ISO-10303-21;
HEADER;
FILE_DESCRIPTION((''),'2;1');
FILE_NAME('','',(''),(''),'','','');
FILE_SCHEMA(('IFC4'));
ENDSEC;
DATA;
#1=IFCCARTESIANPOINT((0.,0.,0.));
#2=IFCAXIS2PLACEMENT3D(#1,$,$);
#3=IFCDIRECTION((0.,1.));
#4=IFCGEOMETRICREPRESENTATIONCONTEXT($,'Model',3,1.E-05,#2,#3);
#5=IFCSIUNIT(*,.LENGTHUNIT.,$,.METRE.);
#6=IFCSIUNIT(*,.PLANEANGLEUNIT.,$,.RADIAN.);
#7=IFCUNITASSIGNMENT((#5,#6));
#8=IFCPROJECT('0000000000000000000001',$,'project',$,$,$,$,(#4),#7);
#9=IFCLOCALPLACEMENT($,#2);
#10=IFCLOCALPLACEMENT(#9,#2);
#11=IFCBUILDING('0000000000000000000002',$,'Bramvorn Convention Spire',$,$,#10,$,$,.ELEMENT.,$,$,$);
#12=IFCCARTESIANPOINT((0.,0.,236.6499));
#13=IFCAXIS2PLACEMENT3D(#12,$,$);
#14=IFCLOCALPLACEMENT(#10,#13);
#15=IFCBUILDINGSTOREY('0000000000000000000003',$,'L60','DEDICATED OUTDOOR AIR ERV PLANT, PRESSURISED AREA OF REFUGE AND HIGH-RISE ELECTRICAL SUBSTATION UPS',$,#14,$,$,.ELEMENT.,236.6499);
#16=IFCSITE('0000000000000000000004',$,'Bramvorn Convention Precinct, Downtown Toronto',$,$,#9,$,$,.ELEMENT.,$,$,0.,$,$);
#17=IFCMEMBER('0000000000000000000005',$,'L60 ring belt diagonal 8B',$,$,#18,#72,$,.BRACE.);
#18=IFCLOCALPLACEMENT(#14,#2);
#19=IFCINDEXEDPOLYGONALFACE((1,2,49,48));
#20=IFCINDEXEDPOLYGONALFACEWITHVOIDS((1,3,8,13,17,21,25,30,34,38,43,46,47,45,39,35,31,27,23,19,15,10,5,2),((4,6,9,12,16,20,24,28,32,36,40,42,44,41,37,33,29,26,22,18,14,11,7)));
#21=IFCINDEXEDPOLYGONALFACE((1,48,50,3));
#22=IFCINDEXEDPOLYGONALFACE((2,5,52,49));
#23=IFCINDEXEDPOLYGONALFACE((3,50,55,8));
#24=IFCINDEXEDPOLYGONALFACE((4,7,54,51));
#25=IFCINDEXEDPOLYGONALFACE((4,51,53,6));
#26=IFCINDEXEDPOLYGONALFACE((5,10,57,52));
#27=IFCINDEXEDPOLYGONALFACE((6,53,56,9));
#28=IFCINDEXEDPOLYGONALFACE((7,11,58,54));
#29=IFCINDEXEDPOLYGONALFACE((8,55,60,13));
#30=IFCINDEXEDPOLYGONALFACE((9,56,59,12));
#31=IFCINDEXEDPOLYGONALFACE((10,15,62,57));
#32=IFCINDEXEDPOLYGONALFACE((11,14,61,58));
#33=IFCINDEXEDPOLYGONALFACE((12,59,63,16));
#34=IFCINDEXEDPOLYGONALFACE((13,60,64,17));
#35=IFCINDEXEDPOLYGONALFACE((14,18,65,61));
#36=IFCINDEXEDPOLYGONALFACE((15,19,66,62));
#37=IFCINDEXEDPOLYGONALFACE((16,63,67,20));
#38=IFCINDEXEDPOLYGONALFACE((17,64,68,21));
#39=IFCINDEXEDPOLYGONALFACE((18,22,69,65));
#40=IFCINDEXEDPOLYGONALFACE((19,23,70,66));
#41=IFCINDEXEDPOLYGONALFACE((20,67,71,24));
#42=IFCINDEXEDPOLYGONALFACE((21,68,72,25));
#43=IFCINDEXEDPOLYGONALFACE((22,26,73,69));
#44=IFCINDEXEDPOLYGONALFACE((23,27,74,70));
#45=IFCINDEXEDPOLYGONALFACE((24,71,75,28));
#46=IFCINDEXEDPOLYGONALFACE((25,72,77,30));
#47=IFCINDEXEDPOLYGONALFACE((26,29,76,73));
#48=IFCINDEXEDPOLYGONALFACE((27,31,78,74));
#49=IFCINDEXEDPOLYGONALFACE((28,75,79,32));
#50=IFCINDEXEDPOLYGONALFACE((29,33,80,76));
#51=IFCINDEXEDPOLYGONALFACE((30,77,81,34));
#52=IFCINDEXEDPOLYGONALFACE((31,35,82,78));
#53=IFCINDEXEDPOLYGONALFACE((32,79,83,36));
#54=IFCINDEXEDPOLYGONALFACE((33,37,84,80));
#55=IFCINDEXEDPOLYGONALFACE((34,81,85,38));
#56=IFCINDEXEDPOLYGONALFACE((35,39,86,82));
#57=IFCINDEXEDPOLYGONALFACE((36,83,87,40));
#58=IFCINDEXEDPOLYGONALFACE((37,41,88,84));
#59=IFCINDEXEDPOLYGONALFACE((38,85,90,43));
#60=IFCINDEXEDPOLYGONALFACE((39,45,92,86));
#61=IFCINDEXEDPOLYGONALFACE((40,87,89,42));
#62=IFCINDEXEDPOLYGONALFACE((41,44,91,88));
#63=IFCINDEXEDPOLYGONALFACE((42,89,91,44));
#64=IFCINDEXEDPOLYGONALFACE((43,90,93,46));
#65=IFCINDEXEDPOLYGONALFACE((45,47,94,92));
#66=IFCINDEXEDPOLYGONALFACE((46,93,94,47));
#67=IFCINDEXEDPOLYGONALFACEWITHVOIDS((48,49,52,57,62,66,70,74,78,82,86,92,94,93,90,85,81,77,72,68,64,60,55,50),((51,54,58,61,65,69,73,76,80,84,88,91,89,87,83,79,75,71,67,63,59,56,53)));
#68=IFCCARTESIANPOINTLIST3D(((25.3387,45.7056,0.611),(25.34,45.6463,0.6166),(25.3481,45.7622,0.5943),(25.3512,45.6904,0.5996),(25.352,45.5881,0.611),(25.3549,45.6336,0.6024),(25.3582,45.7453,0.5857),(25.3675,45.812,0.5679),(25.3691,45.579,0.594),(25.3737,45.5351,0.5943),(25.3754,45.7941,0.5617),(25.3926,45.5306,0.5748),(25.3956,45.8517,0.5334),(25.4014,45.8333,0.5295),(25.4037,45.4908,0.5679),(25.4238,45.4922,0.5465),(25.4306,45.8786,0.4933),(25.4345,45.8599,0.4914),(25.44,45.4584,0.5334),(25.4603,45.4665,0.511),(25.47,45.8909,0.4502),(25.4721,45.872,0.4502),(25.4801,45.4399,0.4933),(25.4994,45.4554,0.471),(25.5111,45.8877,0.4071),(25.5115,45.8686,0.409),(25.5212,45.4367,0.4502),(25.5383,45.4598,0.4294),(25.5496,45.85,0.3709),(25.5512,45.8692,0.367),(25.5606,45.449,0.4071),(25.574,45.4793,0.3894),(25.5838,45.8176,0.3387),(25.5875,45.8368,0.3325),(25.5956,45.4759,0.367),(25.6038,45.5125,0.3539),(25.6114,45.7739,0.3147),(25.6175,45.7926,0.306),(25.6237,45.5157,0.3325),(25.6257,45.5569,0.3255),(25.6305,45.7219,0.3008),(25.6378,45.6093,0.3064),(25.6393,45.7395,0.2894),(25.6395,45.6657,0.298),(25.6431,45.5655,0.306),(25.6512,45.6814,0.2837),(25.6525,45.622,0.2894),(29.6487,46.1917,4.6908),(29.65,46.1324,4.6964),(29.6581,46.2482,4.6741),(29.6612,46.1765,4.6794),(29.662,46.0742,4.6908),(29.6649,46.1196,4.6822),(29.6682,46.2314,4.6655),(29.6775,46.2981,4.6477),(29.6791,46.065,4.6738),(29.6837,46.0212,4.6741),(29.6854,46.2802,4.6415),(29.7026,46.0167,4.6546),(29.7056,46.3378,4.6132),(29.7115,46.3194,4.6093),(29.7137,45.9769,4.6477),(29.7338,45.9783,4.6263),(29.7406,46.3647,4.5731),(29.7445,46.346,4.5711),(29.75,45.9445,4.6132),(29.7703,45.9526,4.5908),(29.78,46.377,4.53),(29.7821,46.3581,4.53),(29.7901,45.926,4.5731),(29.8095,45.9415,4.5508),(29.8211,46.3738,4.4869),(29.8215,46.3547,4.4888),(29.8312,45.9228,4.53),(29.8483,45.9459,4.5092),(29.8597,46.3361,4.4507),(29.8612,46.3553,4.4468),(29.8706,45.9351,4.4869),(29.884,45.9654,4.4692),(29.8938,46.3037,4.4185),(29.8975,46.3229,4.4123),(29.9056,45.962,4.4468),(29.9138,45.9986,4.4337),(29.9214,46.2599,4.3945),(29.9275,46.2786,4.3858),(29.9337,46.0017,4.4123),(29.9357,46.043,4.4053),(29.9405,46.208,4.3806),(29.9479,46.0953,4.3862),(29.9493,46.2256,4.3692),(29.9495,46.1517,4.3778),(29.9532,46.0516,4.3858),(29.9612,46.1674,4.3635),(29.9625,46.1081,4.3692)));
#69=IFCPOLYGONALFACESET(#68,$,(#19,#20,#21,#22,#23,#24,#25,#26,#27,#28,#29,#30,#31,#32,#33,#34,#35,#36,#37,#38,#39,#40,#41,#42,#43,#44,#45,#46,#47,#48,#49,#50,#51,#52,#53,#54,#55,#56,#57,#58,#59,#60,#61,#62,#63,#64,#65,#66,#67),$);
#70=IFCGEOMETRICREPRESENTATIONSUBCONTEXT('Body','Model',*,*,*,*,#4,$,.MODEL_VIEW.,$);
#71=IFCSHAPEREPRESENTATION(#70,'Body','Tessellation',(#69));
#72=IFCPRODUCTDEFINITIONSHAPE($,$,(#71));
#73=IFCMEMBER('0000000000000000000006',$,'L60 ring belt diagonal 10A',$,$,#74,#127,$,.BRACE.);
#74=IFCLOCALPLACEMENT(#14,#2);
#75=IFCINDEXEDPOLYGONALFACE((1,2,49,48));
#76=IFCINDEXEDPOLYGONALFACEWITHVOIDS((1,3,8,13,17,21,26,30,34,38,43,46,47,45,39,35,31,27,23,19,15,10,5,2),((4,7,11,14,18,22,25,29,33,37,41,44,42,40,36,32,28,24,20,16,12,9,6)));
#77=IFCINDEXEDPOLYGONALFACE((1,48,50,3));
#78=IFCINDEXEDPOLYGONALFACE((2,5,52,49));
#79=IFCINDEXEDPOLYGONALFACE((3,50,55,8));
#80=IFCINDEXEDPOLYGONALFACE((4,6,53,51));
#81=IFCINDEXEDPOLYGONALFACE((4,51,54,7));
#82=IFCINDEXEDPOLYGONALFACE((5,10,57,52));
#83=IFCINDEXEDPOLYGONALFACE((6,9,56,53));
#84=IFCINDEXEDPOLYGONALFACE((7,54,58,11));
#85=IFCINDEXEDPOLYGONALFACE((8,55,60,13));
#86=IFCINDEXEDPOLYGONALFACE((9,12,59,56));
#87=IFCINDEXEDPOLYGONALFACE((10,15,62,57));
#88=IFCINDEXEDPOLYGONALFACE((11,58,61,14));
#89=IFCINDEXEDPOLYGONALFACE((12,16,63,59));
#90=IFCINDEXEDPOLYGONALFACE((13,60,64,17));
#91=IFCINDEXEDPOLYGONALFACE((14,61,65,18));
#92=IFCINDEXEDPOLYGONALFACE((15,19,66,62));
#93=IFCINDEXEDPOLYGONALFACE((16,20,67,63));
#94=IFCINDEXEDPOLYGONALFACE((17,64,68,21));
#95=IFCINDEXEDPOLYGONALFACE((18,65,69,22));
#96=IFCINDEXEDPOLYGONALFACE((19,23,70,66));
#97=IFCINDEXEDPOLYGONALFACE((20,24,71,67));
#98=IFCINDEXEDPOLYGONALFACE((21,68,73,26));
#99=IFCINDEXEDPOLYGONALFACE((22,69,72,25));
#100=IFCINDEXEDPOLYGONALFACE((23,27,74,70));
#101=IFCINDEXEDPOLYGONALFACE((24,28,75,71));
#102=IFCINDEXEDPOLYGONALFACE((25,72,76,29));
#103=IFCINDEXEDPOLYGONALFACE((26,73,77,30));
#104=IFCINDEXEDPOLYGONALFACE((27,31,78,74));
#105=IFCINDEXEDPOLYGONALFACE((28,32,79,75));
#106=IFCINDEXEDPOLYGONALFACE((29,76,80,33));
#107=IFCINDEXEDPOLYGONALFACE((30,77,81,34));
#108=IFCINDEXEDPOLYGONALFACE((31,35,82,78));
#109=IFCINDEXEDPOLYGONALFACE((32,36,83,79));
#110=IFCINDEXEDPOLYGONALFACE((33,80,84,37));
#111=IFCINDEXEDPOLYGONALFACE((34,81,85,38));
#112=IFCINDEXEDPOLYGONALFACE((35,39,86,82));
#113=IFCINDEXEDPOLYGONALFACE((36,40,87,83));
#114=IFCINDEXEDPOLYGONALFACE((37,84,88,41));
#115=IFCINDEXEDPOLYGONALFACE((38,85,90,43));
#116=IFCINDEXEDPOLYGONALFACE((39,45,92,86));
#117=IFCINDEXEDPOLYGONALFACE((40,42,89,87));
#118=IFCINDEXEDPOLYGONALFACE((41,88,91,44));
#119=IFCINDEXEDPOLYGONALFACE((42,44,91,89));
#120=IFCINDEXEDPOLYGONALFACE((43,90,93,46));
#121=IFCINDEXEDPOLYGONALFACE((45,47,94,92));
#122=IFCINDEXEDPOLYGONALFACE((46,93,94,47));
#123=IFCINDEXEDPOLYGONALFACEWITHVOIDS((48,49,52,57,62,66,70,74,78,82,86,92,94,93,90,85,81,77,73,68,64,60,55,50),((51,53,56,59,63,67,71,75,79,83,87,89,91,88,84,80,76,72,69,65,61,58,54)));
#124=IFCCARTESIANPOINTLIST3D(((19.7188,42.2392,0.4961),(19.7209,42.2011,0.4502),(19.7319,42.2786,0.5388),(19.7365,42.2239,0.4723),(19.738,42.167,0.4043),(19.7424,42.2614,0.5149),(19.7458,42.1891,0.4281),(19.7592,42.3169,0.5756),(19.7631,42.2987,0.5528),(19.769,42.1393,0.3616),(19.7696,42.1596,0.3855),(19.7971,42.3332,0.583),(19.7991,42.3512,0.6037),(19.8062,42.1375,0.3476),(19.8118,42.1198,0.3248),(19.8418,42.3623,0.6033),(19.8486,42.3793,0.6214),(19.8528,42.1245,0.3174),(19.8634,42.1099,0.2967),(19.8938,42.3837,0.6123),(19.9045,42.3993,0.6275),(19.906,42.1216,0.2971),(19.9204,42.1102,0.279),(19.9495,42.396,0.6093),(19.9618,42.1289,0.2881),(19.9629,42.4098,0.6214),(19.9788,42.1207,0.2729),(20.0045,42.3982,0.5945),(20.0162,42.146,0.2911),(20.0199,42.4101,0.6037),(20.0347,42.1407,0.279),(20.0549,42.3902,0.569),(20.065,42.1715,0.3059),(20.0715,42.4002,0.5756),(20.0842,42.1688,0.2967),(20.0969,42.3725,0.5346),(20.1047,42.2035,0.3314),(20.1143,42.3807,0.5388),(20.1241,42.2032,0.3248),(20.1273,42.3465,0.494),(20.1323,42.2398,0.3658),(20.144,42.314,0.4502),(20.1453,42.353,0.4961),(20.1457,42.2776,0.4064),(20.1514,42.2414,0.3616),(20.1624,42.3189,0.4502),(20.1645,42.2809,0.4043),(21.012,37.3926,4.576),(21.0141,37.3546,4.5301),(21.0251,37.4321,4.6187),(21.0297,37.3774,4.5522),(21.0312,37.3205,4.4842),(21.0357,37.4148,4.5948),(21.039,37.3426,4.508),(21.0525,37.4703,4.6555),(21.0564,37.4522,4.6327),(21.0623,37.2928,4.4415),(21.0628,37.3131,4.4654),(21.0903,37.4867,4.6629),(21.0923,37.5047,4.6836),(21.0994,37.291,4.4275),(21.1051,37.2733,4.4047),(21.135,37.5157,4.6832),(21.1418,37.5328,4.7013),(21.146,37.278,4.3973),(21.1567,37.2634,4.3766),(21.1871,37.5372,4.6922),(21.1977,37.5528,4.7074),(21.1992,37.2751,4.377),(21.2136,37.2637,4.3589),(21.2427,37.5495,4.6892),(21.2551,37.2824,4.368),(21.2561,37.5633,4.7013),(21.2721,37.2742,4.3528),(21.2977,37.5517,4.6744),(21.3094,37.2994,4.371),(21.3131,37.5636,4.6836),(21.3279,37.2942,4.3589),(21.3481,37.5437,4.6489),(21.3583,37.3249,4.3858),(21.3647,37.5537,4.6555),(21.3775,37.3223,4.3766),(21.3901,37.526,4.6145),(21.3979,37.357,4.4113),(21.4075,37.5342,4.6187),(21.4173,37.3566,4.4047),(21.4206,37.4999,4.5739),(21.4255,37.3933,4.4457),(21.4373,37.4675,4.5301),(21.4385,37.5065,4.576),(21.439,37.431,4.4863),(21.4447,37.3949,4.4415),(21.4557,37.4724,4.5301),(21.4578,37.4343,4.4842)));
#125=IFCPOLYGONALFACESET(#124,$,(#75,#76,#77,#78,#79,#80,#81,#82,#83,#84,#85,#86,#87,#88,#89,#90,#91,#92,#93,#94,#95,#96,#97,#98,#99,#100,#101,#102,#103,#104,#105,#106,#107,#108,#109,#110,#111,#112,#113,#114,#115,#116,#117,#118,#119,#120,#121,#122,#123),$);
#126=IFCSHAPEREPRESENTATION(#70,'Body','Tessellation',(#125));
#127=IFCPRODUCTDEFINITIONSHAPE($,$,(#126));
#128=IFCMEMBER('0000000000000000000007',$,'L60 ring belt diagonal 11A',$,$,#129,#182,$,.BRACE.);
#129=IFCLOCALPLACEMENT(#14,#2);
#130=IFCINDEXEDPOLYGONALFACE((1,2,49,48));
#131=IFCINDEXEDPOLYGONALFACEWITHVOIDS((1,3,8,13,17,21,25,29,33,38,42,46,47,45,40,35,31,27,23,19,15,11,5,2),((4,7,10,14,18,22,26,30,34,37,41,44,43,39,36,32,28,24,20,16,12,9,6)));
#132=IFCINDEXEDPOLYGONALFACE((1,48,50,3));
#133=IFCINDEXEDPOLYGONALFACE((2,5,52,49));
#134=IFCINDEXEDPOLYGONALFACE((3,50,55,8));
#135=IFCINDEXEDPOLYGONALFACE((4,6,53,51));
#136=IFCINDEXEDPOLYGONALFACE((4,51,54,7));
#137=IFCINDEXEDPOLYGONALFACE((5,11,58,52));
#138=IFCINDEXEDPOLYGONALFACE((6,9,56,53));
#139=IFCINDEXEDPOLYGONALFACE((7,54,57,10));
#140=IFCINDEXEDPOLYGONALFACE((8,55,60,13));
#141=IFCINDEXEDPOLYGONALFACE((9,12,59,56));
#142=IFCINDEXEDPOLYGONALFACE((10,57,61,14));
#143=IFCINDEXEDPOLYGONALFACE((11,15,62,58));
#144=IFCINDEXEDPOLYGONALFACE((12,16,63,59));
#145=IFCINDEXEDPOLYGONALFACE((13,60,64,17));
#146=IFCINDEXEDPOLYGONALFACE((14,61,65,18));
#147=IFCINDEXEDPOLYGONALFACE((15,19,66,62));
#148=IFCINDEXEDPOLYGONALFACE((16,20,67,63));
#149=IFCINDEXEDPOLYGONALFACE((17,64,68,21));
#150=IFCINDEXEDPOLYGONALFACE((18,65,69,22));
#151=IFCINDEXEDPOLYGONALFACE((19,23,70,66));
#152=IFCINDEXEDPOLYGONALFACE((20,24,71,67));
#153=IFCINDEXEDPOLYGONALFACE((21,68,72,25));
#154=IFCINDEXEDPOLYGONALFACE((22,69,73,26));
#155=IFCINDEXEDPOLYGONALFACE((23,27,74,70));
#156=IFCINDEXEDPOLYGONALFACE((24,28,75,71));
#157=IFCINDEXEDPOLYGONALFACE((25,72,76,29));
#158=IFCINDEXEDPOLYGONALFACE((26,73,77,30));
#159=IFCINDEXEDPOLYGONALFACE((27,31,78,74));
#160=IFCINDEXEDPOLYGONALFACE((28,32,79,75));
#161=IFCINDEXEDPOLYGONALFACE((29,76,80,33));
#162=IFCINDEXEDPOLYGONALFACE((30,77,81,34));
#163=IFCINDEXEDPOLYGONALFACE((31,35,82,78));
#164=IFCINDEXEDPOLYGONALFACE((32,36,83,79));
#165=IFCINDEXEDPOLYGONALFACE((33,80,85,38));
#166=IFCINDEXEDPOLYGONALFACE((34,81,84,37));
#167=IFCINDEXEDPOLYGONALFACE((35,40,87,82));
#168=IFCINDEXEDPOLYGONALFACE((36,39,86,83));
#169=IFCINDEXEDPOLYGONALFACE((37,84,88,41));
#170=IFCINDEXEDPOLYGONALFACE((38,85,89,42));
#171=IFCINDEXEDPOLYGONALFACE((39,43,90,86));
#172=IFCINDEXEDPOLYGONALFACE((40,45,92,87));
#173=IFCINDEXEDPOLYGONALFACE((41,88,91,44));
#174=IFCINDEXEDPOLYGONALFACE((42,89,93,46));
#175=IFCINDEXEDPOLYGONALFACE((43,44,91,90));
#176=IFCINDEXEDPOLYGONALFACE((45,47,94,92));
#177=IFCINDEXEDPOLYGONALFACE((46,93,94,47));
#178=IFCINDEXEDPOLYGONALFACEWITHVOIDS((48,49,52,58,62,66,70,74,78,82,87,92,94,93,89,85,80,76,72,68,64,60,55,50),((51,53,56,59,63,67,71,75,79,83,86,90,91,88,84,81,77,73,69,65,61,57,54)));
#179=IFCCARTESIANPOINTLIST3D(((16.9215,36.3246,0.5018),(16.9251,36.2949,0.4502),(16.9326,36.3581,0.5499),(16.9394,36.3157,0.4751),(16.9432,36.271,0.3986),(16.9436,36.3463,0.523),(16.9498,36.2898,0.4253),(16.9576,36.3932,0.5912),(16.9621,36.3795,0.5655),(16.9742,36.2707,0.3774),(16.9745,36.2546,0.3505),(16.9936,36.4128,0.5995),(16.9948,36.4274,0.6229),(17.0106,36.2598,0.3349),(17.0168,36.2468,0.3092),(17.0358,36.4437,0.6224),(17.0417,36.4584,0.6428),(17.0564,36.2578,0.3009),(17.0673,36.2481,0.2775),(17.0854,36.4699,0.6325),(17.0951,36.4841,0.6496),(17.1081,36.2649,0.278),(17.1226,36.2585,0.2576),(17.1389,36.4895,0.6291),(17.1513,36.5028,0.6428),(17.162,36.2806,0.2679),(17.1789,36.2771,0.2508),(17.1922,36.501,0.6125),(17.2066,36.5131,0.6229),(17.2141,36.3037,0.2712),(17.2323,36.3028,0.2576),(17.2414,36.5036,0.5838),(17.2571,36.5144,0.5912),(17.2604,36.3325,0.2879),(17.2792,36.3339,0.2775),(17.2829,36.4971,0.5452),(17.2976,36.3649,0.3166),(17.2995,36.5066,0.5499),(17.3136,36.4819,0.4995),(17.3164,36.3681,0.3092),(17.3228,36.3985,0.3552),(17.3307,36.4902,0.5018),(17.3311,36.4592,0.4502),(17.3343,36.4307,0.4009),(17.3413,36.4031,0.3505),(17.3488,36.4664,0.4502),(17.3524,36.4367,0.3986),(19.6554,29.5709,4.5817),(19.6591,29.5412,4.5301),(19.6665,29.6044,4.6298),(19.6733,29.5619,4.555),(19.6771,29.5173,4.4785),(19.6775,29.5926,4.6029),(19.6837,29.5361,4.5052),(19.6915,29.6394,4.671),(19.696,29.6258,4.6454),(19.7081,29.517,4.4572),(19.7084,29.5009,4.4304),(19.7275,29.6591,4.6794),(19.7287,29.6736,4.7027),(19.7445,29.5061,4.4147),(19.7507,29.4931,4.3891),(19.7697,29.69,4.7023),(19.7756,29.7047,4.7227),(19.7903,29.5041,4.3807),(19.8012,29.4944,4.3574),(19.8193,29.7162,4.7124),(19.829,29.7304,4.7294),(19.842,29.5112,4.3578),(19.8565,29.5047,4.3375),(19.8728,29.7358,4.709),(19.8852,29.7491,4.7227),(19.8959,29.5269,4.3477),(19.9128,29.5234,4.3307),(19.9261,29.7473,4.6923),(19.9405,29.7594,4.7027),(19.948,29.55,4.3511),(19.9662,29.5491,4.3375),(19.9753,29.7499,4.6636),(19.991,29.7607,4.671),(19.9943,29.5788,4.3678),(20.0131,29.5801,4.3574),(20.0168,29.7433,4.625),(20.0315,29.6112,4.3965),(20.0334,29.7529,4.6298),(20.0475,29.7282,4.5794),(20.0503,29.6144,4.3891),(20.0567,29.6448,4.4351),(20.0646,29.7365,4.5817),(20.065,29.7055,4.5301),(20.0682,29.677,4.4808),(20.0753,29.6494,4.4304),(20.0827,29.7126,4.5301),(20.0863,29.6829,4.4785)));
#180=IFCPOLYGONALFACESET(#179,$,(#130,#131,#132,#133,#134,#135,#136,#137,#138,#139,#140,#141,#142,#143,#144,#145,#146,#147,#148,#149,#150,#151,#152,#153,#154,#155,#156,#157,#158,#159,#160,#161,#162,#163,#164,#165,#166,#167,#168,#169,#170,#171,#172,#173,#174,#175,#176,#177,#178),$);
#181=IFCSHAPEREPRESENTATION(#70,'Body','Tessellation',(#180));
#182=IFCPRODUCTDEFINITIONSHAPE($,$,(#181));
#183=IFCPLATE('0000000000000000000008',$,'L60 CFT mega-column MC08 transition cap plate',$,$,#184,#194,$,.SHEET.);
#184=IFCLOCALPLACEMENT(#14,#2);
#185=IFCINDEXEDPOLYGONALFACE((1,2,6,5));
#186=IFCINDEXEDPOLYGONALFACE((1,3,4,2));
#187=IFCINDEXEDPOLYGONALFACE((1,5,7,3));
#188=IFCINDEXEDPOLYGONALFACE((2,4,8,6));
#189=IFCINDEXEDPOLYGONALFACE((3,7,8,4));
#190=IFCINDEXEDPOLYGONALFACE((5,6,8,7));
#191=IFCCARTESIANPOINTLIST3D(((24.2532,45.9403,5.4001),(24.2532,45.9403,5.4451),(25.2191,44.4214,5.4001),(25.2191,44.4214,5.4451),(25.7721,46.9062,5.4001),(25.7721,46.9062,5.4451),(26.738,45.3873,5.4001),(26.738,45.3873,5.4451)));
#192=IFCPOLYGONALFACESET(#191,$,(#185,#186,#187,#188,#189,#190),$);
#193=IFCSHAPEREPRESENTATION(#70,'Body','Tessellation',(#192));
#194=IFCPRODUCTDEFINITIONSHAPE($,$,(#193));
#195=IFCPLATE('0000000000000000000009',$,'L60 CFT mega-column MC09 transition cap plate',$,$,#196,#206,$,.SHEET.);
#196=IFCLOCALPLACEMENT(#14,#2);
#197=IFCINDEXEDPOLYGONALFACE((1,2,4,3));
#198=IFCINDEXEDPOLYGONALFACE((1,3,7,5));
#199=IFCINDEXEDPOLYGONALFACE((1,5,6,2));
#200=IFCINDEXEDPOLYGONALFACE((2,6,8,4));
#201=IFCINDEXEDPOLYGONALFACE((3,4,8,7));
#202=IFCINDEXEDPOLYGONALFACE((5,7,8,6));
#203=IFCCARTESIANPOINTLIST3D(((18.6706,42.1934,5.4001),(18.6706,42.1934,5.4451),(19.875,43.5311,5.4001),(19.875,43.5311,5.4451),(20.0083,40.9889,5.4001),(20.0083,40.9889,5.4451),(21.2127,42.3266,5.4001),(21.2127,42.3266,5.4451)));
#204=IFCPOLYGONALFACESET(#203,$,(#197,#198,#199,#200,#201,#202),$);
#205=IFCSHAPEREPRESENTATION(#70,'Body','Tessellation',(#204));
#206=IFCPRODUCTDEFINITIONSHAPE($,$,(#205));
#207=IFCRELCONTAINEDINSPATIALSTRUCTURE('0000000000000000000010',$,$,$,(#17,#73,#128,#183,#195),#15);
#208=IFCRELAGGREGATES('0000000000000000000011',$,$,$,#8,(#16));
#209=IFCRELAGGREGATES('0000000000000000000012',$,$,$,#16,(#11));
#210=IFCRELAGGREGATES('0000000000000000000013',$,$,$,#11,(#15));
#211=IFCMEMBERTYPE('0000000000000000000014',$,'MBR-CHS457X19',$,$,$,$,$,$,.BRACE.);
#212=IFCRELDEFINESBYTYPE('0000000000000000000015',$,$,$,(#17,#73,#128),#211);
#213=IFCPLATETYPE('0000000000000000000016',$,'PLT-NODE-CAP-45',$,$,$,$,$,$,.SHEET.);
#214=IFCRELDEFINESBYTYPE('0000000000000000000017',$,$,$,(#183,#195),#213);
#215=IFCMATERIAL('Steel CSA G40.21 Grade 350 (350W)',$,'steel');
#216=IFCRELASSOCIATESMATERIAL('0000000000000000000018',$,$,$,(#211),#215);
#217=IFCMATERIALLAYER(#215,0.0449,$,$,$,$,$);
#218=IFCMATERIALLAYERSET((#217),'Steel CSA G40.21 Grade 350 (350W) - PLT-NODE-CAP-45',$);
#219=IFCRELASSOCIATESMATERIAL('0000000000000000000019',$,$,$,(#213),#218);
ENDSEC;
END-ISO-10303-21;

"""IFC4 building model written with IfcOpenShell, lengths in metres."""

from ifc_helpers import new_model, si_unit, direction, frame, origin, origin_2d, place, context, subcontext, project, spatial, rectangle, hollow_circle, extrude, material, layer, layer_set, material_profile, profile_set, type_object, element, save


model = new_model("IFC4")

# Units and contexts
model_context = context("Model", 3, precision=1e-05, world=origin(), true_north=direction((0.0, 1.0)))
body_context = subcontext(model_context, "Body", "Model", "MODEL_VIEW")
ifc_project = project(units=[si_unit("LENGTHUNIT", "METRE"), si_unit("PLANEANGLEUNIT", "RADIAN")], contexts=[model_context])

# Site, building, storey
site_placement = place(None, origin())
site = spatial("IfcSite", under=ifc_project, at=site_placement, Name="Bramvorn Convention Precinct, Downtown Toronto", CompositionType="ELEMENT", RefElevation=0.0)
building_placement = place(site_placement, origin())
building = spatial("IfcBuilding", under=site, at=building_placement, Name="Bramvorn Convention Spire", CompositionType="ELEMENT")
storey_placement = place(building_placement, frame((0.0, 0.0, 236.6499)))
storey = spatial("IfcBuildingStorey", under=building, at=storey_placement, Name="L60", Description="DEDICATED OUTDOOR AIR ERV PLANT, PRESSURISED AREA OF REFUGE AND HIGH-RISE ELECTRICAL SUBSTATION UPS", CompositionType="ELEMENT", Elevation=236.6499)

# Shared definitions
ifc_material_1 = material(Name="Steel CSA G40.21 Grade 350 (350W)", Category="steel")

# Members
ifc_material_profile_1 = material_profile(ifc_material_1, hollow_circle(Radius=0.2285, WallThickness=0.019, at=origin_2d()))
ifc_profile_set_1 = profile_set([ifc_material_profile_1], Name="Steel CSA G40.21 Grade 350 (350W) - CHS457X19")
member_type_1 = type_object("IfcMemberType", Name="MBR-CHS457X19", PredefinedType="BRACE", material=ifc_profile_set_1)
member_1_placement = place(storey_placement, frame((25.4956, 45.6638, 0.4502), z_axis=(0.723813, 0.081631, 0.68515), x_axis=(-0.112069, 0.9937, 0.0)))
element("IfcMember", 1, at=member_1_placement, inside=storey, type_object=member_type_1, Name="L60 ring belt diagonal 8B", PredefinedType="BRACE", context=body_context, shape_type="SweptSolid", body=[
    extrude(hollow_circle(Radius=0.2285, WallThickness=0.019, at=origin_2d()), origin(), (0.0, 0.0, 1.0), 5.9546),
])
member_2_placement = place(storey_placement, frame((19.9417, 42.26, 0.4502), z_axis=(0.200011, -0.74956, 0.630996), x_axis=(0.966194, 0.257817, 0.0)))
element("IfcMember", 2, at=member_2_placement, inside=storey, type_object=member_type_1, Name="L60 ring belt diagonal 10A", PredefinedType="BRACE", context=body_context, shape_type="SweptSolid", body=[
    extrude(hollow_circle(Radius=0.2285, WallThickness=0.019, at=origin_2d()), origin(), (0.0, 0.0, 1.0), 6.4658),
])
member_3_placement = place(storey_placement, frame((17.137, 36.3806, 0.4502), z_axis=(0.327391, -0.808772, 0.488573), x_axis=(0.926934, 0.375224, 0.0)))
element("IfcMember", 3, at=member_3_placement, inside=storey, type_object=member_type_1, Name="L60 ring belt diagonal 11A", PredefinedType="BRACE", context=body_context, shape_type="SweptSolid", body=[
    extrude(hollow_circle(Radius=0.2285, WallThickness=0.019, at=origin_2d()), origin(), (0.0, 0.0, 1.0), 8.3506),
])

# Plates
ifc_layer_1 = layer(ifc_material_1, 0.0449)
ifc_layer_set_1 = layer_set([ifc_layer_1], Name="Steel CSA G40.21 Grade 350 (350W) - PLT-NODE-CAP-45")
plate_type_1 = type_object("IfcPlateType", Name="PLT-NODE-CAP-45", PredefinedType="SHEET", material=ifc_layer_set_1)
for number, where, z_axis, x_axis, name in (
    (4, (25.4956, 45.6638, 5.4001), (0.0, 0.0, 1.0), (-0.536606, 0.843833, 0.0), "L60 CFT mega-column MC08 transition cap plate"),
    (5, (19.9417, 42.26, 5.4001), (0.0, 0.0, 1.0), (-0.743144, 0.669132, 0.0), "L60 CFT mega-column MC09 transition cap plate"),
):
    element("IfcPlate", number, at=place(storey_placement, frame(where, z_axis=z_axis, x_axis=x_axis)), inside=storey, type_object=plate_type_1, Name=name, PredefinedType="SHEET", context=body_context, shape_type="SweptSolid", body=[
        extrude(rectangle(XDim=1.8, YDim=1.8, at=origin_2d()), origin(), (0.0, 0.0, 1.0), 0.0449),
    ])

save(model, "model.ifc")
